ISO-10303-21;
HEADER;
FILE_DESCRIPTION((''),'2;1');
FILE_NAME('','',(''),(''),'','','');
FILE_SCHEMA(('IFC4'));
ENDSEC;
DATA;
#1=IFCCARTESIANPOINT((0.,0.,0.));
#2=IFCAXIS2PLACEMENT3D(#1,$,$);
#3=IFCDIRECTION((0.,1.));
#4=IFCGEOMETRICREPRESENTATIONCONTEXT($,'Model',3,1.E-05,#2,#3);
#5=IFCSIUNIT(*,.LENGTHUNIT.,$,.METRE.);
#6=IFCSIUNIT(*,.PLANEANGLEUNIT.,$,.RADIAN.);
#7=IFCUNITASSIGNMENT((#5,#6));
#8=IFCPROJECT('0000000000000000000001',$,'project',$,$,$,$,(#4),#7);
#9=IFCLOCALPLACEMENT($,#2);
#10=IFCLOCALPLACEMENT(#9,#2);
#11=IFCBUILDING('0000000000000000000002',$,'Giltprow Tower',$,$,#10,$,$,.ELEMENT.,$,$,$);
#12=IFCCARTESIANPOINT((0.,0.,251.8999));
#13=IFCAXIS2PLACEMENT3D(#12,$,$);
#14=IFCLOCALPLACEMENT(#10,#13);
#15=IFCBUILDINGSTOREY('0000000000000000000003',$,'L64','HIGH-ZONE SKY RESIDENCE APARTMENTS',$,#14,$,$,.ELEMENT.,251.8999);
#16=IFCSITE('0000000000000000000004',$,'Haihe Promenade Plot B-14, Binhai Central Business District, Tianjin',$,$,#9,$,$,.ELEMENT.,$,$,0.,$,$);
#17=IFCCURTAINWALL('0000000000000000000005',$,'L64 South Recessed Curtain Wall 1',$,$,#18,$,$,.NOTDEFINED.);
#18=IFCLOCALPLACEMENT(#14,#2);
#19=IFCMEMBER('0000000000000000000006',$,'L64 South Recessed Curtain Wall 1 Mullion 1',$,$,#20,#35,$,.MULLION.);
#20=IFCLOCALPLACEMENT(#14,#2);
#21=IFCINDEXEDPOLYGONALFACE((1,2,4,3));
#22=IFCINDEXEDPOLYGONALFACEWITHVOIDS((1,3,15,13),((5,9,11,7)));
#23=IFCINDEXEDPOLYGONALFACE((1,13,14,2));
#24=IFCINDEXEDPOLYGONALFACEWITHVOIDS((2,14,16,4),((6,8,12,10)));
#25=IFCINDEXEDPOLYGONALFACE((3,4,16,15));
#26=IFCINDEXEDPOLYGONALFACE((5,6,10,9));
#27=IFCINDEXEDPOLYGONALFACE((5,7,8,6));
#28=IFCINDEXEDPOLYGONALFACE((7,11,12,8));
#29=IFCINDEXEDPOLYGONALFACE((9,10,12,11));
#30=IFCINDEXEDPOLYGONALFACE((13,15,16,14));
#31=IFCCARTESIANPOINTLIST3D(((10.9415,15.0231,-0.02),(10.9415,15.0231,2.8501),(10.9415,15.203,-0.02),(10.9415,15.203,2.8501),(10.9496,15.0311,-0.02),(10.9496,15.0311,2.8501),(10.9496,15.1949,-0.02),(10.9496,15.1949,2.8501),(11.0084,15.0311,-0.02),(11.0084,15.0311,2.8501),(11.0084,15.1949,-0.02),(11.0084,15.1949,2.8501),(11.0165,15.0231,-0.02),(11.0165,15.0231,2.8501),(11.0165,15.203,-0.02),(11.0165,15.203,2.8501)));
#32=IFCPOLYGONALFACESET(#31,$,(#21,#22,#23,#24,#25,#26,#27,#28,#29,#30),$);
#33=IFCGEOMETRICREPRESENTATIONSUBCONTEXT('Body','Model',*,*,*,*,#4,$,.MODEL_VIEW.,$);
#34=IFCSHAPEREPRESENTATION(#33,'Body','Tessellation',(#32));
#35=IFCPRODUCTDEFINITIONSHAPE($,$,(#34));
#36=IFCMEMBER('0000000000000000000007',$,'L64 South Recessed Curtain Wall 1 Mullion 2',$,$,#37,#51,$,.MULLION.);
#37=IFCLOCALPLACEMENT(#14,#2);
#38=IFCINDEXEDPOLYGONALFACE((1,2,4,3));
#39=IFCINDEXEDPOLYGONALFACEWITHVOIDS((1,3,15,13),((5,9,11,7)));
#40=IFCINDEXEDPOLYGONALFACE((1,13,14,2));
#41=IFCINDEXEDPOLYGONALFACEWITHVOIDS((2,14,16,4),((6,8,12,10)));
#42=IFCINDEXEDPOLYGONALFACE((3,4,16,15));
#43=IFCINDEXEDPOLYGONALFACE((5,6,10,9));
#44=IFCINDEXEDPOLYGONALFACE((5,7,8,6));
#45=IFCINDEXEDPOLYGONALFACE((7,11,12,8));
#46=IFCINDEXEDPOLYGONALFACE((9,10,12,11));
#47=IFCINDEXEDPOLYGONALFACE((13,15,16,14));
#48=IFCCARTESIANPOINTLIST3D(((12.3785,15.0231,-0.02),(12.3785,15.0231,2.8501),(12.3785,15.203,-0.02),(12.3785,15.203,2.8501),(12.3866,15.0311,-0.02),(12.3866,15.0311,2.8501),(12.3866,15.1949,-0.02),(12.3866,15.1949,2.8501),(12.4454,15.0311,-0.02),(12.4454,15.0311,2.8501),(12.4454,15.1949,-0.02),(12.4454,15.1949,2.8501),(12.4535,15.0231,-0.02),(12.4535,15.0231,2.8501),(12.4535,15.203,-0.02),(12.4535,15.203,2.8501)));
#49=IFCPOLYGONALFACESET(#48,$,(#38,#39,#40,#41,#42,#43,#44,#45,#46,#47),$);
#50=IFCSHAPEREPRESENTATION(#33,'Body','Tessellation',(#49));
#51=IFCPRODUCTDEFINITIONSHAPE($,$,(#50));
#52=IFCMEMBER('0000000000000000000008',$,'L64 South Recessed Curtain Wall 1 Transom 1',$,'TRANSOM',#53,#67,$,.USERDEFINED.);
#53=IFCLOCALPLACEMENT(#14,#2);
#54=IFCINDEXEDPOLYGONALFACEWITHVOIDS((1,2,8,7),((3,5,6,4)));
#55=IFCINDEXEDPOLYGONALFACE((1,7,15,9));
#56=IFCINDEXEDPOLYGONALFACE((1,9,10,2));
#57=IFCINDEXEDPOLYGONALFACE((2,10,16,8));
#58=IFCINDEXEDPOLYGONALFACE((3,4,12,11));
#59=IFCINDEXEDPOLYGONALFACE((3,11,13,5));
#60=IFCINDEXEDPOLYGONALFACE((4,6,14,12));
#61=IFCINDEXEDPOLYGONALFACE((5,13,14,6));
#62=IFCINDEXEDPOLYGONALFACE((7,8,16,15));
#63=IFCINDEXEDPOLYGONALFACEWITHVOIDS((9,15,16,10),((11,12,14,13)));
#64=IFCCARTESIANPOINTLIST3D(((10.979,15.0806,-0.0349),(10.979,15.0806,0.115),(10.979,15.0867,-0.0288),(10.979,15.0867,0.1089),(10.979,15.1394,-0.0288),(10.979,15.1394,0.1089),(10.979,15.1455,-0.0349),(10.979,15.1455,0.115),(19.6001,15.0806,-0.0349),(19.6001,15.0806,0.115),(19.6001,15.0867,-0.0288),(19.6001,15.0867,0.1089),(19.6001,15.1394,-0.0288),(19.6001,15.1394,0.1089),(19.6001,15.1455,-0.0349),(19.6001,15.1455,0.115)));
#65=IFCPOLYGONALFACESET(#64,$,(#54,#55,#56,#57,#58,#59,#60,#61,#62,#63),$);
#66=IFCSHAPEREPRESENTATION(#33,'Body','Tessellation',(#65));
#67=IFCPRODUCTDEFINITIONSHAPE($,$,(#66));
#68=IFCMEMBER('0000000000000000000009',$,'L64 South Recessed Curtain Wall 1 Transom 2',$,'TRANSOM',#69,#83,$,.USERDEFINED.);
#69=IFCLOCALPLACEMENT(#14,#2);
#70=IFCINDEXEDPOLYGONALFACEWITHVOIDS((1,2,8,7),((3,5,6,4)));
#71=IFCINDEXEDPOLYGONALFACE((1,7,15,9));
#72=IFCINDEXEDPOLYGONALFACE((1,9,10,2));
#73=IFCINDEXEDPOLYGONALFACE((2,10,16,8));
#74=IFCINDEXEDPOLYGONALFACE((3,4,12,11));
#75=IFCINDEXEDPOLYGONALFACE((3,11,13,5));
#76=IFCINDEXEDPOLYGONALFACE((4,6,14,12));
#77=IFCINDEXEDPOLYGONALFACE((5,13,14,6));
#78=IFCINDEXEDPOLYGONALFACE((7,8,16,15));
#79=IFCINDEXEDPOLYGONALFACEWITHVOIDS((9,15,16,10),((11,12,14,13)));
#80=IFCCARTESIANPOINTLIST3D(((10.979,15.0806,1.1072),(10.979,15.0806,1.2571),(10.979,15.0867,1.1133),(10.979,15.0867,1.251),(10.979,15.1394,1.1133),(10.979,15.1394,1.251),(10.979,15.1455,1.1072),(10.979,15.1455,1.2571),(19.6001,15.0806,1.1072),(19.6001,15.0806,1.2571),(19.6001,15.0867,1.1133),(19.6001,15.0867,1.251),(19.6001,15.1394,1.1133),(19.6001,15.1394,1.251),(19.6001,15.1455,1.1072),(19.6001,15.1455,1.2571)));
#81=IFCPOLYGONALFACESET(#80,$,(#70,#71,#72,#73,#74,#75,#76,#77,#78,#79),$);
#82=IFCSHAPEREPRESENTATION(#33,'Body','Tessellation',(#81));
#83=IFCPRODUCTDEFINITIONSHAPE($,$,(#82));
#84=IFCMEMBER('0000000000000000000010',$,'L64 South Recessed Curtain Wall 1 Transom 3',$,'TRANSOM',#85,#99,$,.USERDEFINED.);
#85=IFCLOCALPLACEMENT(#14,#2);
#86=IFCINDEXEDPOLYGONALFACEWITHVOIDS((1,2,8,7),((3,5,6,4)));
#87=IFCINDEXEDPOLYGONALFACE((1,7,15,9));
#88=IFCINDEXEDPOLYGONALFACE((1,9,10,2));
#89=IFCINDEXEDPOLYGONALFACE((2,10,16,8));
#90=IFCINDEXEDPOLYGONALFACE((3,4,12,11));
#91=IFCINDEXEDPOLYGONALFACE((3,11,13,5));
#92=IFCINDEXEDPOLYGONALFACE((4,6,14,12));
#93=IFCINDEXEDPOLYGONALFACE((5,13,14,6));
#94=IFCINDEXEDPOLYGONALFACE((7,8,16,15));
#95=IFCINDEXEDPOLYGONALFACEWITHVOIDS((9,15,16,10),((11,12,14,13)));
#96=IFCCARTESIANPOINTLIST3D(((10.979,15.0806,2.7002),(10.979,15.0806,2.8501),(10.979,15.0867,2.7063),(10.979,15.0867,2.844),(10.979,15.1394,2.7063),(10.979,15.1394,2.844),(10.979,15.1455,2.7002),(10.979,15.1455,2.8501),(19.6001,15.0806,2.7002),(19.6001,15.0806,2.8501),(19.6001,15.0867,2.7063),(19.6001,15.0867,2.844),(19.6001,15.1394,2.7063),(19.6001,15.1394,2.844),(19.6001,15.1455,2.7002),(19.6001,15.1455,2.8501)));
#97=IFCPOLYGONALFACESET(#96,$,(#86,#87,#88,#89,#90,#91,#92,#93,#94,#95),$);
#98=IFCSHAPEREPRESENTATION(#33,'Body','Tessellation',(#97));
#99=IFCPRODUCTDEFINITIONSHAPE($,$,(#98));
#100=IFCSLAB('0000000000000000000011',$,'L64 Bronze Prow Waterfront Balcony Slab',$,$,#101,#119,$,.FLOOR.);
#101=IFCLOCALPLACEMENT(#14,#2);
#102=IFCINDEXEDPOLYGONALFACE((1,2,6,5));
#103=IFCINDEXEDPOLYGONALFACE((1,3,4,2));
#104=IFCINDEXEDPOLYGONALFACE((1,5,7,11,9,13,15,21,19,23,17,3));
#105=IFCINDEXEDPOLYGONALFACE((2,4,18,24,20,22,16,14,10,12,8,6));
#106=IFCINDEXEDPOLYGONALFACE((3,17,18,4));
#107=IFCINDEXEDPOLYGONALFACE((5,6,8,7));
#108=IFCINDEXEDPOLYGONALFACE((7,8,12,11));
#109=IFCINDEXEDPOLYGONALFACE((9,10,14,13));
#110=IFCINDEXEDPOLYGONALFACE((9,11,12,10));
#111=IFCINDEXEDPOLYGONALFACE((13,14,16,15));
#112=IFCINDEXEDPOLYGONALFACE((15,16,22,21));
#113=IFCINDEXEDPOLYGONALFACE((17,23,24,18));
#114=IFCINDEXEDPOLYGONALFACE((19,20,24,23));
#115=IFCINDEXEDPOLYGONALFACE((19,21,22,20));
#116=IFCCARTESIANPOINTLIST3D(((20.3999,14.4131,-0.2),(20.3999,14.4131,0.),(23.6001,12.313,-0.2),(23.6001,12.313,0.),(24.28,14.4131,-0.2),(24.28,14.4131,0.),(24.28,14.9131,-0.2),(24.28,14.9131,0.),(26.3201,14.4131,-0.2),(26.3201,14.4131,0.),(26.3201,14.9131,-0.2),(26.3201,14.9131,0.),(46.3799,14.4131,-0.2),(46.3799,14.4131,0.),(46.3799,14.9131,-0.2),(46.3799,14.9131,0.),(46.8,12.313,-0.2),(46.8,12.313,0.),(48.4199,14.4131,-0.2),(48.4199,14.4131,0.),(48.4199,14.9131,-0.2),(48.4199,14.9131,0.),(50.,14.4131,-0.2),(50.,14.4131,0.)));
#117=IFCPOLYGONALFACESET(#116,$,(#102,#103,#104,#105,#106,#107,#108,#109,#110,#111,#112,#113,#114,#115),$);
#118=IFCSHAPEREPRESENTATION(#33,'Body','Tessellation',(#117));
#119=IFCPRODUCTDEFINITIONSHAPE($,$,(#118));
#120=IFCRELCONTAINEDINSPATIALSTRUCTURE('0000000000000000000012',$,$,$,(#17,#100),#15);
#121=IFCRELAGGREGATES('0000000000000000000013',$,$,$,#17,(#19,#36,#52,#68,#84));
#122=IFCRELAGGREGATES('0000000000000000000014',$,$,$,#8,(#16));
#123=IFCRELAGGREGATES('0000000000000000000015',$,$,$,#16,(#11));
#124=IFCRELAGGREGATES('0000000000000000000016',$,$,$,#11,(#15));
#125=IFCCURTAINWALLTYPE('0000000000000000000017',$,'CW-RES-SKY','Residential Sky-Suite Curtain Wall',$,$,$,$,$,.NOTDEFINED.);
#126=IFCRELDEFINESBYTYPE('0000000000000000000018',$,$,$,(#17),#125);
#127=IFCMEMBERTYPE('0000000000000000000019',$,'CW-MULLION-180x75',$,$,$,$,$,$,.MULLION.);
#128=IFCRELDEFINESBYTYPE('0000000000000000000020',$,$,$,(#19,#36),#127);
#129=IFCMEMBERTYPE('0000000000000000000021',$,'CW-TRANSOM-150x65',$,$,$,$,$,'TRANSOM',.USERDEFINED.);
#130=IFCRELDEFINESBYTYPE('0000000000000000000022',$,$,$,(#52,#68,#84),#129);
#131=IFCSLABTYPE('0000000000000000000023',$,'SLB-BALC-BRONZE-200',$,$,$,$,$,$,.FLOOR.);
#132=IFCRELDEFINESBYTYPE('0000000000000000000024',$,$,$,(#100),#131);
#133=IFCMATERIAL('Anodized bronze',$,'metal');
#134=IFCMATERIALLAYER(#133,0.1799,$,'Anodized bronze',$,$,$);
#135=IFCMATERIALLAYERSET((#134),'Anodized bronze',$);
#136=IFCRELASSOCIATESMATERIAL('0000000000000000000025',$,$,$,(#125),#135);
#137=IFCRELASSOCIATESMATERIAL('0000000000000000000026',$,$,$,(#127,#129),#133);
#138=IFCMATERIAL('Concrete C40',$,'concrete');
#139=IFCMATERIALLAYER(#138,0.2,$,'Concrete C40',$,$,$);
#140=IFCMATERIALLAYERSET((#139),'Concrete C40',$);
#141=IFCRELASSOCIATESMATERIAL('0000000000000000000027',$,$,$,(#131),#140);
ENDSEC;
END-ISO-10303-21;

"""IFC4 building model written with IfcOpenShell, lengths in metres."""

from ifc_helpers import new_model, si_unit, direction, frame, origin, origin_2d, place, context, subcontext, project, spatial, polyline, hollow_rectangle, outline, extrude, source, transform, mapped, material, layer, layer_set, material_profile, profile_set, type_object, element, aggregate, save


model = new_model("IFC4")

# Units and contexts
model_context = context("Model", 3, precision=1e-05, world=origin(), true_north=direction((0.0, 1.0)))
body_context = subcontext(model_context, "Body", "Model", "MODEL_VIEW")
ifc_project = project(units=[si_unit("LENGTHUNIT", "METRE"), si_unit("PLANEANGLEUNIT", "RADIAN")], contexts=[model_context])

# Site, building, storey
site_placement = place(None, origin())
site = spatial("IfcSite", under=ifc_project, at=site_placement, Name="Haihe Promenade Plot B-14, Binhai Central Business District, Tianjin", CompositionType="ELEMENT", RefElevation=0.0)
building_placement = place(site_placement, origin())
building = spatial("IfcBuilding", under=site, at=building_placement, Name="Giltprow Tower", CompositionType="ELEMENT")
storey_placement = place(building_placement, frame((0.0, 0.0, 251.8999)))
storey = spatial("IfcBuildingStorey", under=building, at=storey_placement, Name="L64", Description="HIGH-ZONE SKY RESIDENCE APARTMENTS", CompositionType="ELEMENT", Elevation=251.8999)

# Curtain wall, members
ifc_material_1 = material(Name="Anodized bronze", Category="metal")
ifc_layer_1 = layer(ifc_material_1, 0.1799, Name="Anodized bronze")
ifc_layer_set_1 = layer_set([ifc_layer_1], Name="Anodized bronze")
curtain_wall_type = type_object("IfcCurtainWallType", Name="CW-RES-SKY", Description="Residential Sky-Suite Curtain Wall", PredefinedType="NOTDEFINED", material=ifc_layer_set_1)
curtain_wall_placement = place(storey_placement, origin())
curtain_wall = element("IfcCurtainWall", 1, at=curtain_wall_placement, inside=storey, type_object=curtain_wall_type, Name="L64 South Recessed Curtain Wall 1", PredefinedType="NOTDEFINED")
ifc_material_profile_1 = material_profile(ifc_material_1, hollow_rectangle(XDim=0.075, YDim=0.1799, WallThickness=0.0081, at=origin_2d()), Name="RHS 180x75x8")
ifc_profile_set_1 = profile_set([ifc_material_profile_1], Name="Anodized bronze")
member_type_1 = type_object("IfcMemberType", Name="CW-MULLION-180x75", PredefinedType="MULLION", material=ifc_profile_set_1)
shared_shape_1 = source(origin(), body_context, "Body", "SweptSolid", [
    extrude(hollow_rectangle(XDim=0.075, YDim=0.1799, WallThickness=0.0081, at=origin_2d()), origin(), (0.0, 0.0, 1.0), 2.8701),
])
member_1_placement = place(storey_placement, frame((10.979, 15.113, -0.02), z_axis=(0.0, 0.0, 1.0), x_axis=(1.0, 0.0, 0.0)))
member_1 = element("IfcMember", 2, at=member_1_placement, type_object=member_type_1, Name="L64 South Recessed Curtain Wall 1 Mullion 1", PredefinedType="MULLION", context=body_context, shape_type="MappedRepresentation", body=[
    mapped(shared_shape_1, transform((0.0, 0.0, 0.0), x_axis=(1.0, 0.0, 0.0), y_axis=(0.0, 1.0, 0.0), z_axis=(0.0, 0.0, 1.0), scale=1.0)),
])
member_2_placement = place(storey_placement, frame((12.416, 15.113, -0.02), z_axis=(0.0, 0.0, 1.0), x_axis=(1.0, 0.0, 0.0)))
member_2 = element("IfcMember", 3, at=member_2_placement, type_object=member_type_1, Name="L64 South Recessed Curtain Wall 1 Mullion 2", PredefinedType="MULLION", context=body_context, shape_type="MappedRepresentation", body=[
    mapped(shared_shape_1, transform((0.0, 0.0, 0.0), x_axis=(1.0, 0.0, 0.0), y_axis=(0.0, 1.0, 0.0), z_axis=(0.0, 0.0, 1.0), scale=1.0)),
])
ifc_material_profile_2 = material_profile(ifc_material_1, hollow_rectangle(XDim=0.0649, YDim=0.1499, WallThickness=0.0061, at=origin_2d()), Name="RHS 150x65x6")
ifc_profile_set_2 = profile_set([ifc_material_profile_2], Name="Anodized bronze")
member_type_2 = type_object("IfcMemberType", Name="CW-TRANSOM-150x65", ElementType="TRANSOM", PredefinedType="USERDEFINED", material=ifc_profile_set_2)
shared_shape_2 = source(origin(), body_context, "Body", "SweptSolid", [
    extrude(hollow_rectangle(XDim=0.0649, YDim=0.1499, WallThickness=0.0061, at=origin_2d()), origin(), (0.0, 0.0, 1.0), 8.6211),
])
member_3_placement = place(storey_placement, frame((10.979, 15.113, 0.04), z_axis=(1.0, 0.0, 0.0), x_axis=(0.0, 1.0, 0.0)))
member_3 = element("IfcMember", 4, at=member_3_placement, type_object=member_type_2, Name="L64 South Recessed Curtain Wall 1 Transom 1", ObjectType="TRANSOM", PredefinedType="USERDEFINED", context=body_context, shape_type="MappedRepresentation", body=[
    mapped(shared_shape_2, transform((0.0, 0.0, 0.0), x_axis=(1.0, 0.0, 0.0), y_axis=(0.0, 1.0, 0.0), z_axis=(0.0, 0.0, 1.0), scale=1.0)),
])
member_4_placement = place(storey_placement, frame((10.979, 15.113, 1.1821), z_axis=(1.0, 0.0, 0.0), x_axis=(0.0, 1.0, 0.0)))
member_4 = element("IfcMember", 5, at=member_4_placement, type_object=member_type_2, Name="L64 South Recessed Curtain Wall 1 Transom 2", ObjectType="TRANSOM", PredefinedType="USERDEFINED", context=body_context, shape_type="MappedRepresentation", body=[
    mapped(shared_shape_2, transform((0.0, 0.0, 0.0), x_axis=(1.0, 0.0, 0.0), y_axis=(0.0, 1.0, 0.0), z_axis=(0.0, 0.0, 1.0), scale=1.0)),
])
member_5_placement = place(storey_placement, frame((10.979, 15.113, 2.7751), z_axis=(1.0, 0.0, 0.0), x_axis=(0.0, 1.0, 0.0)))
member_5 = element("IfcMember", 6, at=member_5_placement, type_object=member_type_2, Name="L64 South Recessed Curtain Wall 1 Transom 3", ObjectType="TRANSOM", PredefinedType="USERDEFINED", context=body_context, shape_type="MappedRepresentation", body=[
    mapped(shared_shape_2, transform((0.0, 0.0, 0.0), x_axis=(1.0, 0.0, 0.0), y_axis=(0.0, 1.0, 0.0), z_axis=(0.0, 0.0, 1.0), scale=1.0)),
])

# Slab
ifc_material_2 = material(Name="Concrete C40", Category="concrete")
ifc_layer_2 = layer(ifc_material_2, 0.2, Name="Concrete C40")
ifc_layer_set_2 = layer_set([ifc_layer_2], Name="Concrete C40")
slab_type_1 = type_object("IfcSlabType", Name="SLB-BALC-BRONZE-200", PredefinedType="FLOOR", material=ifc_layer_set_2)
slab_1_placement = place(storey_placement, frame((0.0, 0.0, -0.2)))
element("IfcSlab", 7, at=slab_1_placement, inside=storey, type_object=slab_type_1, Name="L64 Bronze Prow Waterfront Balcony Slab", PredefinedType="FLOOR", context=body_context, shape_type="SweptSolid", body=[
    extrude(outline(polyline([(50.0, 14.4131), (46.8, 12.313), (23.6001, 12.313), (20.3999, 14.4131), (24.28, 14.4131), (24.28, 14.9131), (26.3201, 14.9131), (26.3201, 14.4131), (46.3799, 14.4131), (46.3799, 14.9131), (48.4199, 14.9131), (48.4199, 14.4131), (50.0, 14.4131)])), origin(), (0.0, 0.0, 1.0), 0.2),
])

aggregate(curtain_wall, [member_1, member_2, member_3, member_4, member_5])

save(model, "model.ifc")
